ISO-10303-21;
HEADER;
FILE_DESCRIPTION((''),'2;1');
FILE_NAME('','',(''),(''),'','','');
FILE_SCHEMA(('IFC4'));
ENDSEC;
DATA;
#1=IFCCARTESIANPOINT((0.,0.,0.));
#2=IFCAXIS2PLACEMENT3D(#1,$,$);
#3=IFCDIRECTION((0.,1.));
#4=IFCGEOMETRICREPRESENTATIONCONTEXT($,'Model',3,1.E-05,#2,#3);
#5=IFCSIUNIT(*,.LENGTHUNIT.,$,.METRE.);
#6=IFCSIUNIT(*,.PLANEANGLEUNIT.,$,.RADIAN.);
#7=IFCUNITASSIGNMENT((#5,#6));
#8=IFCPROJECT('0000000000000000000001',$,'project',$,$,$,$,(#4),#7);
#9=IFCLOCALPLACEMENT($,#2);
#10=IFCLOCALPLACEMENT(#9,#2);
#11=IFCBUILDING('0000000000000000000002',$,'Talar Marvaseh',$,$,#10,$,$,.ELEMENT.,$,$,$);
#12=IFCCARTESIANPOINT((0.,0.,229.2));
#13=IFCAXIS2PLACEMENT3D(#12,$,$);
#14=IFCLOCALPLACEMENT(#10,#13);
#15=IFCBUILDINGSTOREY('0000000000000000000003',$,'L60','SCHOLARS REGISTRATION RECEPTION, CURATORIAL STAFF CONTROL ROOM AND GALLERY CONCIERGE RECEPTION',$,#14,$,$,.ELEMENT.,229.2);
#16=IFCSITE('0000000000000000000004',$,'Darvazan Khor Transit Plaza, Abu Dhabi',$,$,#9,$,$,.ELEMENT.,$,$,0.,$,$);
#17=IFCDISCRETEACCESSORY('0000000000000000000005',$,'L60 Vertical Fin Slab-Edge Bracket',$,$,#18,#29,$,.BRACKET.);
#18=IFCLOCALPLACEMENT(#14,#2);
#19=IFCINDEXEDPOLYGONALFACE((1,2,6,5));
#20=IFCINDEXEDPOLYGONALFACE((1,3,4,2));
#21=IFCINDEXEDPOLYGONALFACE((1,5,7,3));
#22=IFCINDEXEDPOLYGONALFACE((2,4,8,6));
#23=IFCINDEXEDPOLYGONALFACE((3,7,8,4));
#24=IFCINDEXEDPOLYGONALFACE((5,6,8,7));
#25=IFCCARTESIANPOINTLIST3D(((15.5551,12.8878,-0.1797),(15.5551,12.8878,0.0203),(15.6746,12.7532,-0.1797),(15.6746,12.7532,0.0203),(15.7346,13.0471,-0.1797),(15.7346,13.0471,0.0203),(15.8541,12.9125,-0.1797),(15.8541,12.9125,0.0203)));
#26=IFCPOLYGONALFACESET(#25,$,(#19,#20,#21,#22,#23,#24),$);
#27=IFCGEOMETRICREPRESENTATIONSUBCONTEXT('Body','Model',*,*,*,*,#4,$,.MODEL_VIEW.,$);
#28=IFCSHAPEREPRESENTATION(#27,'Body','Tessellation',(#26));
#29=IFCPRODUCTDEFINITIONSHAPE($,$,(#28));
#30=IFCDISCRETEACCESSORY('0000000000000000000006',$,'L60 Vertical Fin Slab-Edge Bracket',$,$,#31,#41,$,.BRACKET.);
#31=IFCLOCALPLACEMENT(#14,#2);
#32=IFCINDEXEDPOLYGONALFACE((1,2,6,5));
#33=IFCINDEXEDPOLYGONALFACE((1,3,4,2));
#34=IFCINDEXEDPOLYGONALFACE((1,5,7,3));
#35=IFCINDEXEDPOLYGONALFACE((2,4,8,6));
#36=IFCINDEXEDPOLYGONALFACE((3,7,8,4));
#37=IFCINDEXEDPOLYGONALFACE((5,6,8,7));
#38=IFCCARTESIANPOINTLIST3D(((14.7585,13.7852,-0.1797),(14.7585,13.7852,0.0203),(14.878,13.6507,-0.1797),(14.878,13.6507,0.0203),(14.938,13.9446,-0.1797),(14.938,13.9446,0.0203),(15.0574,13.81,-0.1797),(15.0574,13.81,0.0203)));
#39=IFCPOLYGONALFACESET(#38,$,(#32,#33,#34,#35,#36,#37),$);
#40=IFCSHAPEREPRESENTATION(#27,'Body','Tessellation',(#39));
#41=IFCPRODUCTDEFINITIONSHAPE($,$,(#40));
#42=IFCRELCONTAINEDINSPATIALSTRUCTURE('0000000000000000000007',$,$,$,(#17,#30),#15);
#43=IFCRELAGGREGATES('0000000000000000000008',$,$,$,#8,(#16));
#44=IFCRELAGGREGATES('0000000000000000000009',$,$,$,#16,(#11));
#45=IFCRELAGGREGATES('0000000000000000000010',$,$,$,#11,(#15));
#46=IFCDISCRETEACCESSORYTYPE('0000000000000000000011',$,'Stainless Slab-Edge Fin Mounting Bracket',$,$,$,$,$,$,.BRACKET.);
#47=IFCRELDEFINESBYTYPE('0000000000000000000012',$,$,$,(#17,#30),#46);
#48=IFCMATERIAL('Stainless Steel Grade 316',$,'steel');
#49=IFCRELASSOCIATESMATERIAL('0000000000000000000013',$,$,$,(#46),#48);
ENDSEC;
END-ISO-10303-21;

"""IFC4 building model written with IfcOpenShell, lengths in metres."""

from ifc_helpers import new_model, si_unit, direction, frame, origin, origin_2d, place, context, subcontext, project, spatial, rectangle, extrude, source, transform, mapped, material, type_object, type_shapes, element, save


model = new_model("IFC4")

# Units and contexts
model_context = context("Model", 3, precision=1e-05, world=origin(), true_north=direction((0.0, 1.0)))
body_context = subcontext(model_context, "Body", "Model", "MODEL_VIEW")
ifc_project = project(units=[si_unit("LENGTHUNIT", "METRE"), si_unit("PLANEANGLEUNIT", "RADIAN")], contexts=[model_context])

# Site, building, storey
site_placement = place(None, origin())
site = spatial("IfcSite", under=ifc_project, at=site_placement, Name="Darvazan Khor Transit Plaza, Abu Dhabi", CompositionType="ELEMENT", RefElevation=0.0)
building_placement = place(site_placement, origin())
building = spatial("IfcBuilding", under=site, at=building_placement, Name="Talar Marvaseh", CompositionType="ELEMENT")
storey_placement = place(building_placement, frame((0.0, 0.0, 229.2)))
storey = spatial("IfcBuildingStorey", under=building, at=storey_placement, Name="L60", Description="SCHOLARS REGISTRATION RECEPTION, CURATORIAL STAFF CONTROL ROOM AND GALLERY CONCIERGE RECEPTION", CompositionType="ELEMENT", Elevation=229.2)

# Discrete accessories
ifc_material_1 = material(Name="Stainless Steel Grade 316", Category="steel")
discrete_accessory_type = type_object("IfcDiscreteAccessoryType", Name="Stainless Slab-Edge Fin Mounting Bracket", PredefinedType="BRACKET", material=ifc_material_1)
shared_shape_1 = source(origin(), body_context, "Body", "SweptSolid", [
    extrude(rectangle(XDim=0.24, YDim=0.1799, at=origin_2d()), origin(), (0.0, 0.0, 1.0), 0.2),
])
type_shapes(discrete_accessory_type, [shared_shape_1])
for number, where, z_axis, x_axis, name in (
    (1, (15.7046, 12.9001, -0.1797), (0.0, 0.0, 1.0), (-0.747798, -0.663926, 0.0), "L60 Vertical Fin Slab-Edge Bracket"),
    (2, (14.908, 13.7976, -0.1797), (0.0, 0.0, 1.0), (-0.747798, -0.663926, 0.0), "L60 Vertical Fin Slab-Edge Bracket"),
):
    element("IfcDiscreteAccessory", number, at=place(storey_placement, frame(where, z_axis=z_axis, x_axis=x_axis)), inside=storey, type_object=discrete_accessory_type, Name=name, PredefinedType="BRACKET", context=body_context, shape_type="MappedRepresentation", body=[
        mapped(shared_shape_1, transform((0.0, 0.0, 0.0), x_axis=(1.0, 0.0, 0.0), y_axis=(0.0, 1.0, 0.0), z_axis=(0.0, 0.0, 1.0), scale=1.0)),
    ])

save(model, "model.ifc")
